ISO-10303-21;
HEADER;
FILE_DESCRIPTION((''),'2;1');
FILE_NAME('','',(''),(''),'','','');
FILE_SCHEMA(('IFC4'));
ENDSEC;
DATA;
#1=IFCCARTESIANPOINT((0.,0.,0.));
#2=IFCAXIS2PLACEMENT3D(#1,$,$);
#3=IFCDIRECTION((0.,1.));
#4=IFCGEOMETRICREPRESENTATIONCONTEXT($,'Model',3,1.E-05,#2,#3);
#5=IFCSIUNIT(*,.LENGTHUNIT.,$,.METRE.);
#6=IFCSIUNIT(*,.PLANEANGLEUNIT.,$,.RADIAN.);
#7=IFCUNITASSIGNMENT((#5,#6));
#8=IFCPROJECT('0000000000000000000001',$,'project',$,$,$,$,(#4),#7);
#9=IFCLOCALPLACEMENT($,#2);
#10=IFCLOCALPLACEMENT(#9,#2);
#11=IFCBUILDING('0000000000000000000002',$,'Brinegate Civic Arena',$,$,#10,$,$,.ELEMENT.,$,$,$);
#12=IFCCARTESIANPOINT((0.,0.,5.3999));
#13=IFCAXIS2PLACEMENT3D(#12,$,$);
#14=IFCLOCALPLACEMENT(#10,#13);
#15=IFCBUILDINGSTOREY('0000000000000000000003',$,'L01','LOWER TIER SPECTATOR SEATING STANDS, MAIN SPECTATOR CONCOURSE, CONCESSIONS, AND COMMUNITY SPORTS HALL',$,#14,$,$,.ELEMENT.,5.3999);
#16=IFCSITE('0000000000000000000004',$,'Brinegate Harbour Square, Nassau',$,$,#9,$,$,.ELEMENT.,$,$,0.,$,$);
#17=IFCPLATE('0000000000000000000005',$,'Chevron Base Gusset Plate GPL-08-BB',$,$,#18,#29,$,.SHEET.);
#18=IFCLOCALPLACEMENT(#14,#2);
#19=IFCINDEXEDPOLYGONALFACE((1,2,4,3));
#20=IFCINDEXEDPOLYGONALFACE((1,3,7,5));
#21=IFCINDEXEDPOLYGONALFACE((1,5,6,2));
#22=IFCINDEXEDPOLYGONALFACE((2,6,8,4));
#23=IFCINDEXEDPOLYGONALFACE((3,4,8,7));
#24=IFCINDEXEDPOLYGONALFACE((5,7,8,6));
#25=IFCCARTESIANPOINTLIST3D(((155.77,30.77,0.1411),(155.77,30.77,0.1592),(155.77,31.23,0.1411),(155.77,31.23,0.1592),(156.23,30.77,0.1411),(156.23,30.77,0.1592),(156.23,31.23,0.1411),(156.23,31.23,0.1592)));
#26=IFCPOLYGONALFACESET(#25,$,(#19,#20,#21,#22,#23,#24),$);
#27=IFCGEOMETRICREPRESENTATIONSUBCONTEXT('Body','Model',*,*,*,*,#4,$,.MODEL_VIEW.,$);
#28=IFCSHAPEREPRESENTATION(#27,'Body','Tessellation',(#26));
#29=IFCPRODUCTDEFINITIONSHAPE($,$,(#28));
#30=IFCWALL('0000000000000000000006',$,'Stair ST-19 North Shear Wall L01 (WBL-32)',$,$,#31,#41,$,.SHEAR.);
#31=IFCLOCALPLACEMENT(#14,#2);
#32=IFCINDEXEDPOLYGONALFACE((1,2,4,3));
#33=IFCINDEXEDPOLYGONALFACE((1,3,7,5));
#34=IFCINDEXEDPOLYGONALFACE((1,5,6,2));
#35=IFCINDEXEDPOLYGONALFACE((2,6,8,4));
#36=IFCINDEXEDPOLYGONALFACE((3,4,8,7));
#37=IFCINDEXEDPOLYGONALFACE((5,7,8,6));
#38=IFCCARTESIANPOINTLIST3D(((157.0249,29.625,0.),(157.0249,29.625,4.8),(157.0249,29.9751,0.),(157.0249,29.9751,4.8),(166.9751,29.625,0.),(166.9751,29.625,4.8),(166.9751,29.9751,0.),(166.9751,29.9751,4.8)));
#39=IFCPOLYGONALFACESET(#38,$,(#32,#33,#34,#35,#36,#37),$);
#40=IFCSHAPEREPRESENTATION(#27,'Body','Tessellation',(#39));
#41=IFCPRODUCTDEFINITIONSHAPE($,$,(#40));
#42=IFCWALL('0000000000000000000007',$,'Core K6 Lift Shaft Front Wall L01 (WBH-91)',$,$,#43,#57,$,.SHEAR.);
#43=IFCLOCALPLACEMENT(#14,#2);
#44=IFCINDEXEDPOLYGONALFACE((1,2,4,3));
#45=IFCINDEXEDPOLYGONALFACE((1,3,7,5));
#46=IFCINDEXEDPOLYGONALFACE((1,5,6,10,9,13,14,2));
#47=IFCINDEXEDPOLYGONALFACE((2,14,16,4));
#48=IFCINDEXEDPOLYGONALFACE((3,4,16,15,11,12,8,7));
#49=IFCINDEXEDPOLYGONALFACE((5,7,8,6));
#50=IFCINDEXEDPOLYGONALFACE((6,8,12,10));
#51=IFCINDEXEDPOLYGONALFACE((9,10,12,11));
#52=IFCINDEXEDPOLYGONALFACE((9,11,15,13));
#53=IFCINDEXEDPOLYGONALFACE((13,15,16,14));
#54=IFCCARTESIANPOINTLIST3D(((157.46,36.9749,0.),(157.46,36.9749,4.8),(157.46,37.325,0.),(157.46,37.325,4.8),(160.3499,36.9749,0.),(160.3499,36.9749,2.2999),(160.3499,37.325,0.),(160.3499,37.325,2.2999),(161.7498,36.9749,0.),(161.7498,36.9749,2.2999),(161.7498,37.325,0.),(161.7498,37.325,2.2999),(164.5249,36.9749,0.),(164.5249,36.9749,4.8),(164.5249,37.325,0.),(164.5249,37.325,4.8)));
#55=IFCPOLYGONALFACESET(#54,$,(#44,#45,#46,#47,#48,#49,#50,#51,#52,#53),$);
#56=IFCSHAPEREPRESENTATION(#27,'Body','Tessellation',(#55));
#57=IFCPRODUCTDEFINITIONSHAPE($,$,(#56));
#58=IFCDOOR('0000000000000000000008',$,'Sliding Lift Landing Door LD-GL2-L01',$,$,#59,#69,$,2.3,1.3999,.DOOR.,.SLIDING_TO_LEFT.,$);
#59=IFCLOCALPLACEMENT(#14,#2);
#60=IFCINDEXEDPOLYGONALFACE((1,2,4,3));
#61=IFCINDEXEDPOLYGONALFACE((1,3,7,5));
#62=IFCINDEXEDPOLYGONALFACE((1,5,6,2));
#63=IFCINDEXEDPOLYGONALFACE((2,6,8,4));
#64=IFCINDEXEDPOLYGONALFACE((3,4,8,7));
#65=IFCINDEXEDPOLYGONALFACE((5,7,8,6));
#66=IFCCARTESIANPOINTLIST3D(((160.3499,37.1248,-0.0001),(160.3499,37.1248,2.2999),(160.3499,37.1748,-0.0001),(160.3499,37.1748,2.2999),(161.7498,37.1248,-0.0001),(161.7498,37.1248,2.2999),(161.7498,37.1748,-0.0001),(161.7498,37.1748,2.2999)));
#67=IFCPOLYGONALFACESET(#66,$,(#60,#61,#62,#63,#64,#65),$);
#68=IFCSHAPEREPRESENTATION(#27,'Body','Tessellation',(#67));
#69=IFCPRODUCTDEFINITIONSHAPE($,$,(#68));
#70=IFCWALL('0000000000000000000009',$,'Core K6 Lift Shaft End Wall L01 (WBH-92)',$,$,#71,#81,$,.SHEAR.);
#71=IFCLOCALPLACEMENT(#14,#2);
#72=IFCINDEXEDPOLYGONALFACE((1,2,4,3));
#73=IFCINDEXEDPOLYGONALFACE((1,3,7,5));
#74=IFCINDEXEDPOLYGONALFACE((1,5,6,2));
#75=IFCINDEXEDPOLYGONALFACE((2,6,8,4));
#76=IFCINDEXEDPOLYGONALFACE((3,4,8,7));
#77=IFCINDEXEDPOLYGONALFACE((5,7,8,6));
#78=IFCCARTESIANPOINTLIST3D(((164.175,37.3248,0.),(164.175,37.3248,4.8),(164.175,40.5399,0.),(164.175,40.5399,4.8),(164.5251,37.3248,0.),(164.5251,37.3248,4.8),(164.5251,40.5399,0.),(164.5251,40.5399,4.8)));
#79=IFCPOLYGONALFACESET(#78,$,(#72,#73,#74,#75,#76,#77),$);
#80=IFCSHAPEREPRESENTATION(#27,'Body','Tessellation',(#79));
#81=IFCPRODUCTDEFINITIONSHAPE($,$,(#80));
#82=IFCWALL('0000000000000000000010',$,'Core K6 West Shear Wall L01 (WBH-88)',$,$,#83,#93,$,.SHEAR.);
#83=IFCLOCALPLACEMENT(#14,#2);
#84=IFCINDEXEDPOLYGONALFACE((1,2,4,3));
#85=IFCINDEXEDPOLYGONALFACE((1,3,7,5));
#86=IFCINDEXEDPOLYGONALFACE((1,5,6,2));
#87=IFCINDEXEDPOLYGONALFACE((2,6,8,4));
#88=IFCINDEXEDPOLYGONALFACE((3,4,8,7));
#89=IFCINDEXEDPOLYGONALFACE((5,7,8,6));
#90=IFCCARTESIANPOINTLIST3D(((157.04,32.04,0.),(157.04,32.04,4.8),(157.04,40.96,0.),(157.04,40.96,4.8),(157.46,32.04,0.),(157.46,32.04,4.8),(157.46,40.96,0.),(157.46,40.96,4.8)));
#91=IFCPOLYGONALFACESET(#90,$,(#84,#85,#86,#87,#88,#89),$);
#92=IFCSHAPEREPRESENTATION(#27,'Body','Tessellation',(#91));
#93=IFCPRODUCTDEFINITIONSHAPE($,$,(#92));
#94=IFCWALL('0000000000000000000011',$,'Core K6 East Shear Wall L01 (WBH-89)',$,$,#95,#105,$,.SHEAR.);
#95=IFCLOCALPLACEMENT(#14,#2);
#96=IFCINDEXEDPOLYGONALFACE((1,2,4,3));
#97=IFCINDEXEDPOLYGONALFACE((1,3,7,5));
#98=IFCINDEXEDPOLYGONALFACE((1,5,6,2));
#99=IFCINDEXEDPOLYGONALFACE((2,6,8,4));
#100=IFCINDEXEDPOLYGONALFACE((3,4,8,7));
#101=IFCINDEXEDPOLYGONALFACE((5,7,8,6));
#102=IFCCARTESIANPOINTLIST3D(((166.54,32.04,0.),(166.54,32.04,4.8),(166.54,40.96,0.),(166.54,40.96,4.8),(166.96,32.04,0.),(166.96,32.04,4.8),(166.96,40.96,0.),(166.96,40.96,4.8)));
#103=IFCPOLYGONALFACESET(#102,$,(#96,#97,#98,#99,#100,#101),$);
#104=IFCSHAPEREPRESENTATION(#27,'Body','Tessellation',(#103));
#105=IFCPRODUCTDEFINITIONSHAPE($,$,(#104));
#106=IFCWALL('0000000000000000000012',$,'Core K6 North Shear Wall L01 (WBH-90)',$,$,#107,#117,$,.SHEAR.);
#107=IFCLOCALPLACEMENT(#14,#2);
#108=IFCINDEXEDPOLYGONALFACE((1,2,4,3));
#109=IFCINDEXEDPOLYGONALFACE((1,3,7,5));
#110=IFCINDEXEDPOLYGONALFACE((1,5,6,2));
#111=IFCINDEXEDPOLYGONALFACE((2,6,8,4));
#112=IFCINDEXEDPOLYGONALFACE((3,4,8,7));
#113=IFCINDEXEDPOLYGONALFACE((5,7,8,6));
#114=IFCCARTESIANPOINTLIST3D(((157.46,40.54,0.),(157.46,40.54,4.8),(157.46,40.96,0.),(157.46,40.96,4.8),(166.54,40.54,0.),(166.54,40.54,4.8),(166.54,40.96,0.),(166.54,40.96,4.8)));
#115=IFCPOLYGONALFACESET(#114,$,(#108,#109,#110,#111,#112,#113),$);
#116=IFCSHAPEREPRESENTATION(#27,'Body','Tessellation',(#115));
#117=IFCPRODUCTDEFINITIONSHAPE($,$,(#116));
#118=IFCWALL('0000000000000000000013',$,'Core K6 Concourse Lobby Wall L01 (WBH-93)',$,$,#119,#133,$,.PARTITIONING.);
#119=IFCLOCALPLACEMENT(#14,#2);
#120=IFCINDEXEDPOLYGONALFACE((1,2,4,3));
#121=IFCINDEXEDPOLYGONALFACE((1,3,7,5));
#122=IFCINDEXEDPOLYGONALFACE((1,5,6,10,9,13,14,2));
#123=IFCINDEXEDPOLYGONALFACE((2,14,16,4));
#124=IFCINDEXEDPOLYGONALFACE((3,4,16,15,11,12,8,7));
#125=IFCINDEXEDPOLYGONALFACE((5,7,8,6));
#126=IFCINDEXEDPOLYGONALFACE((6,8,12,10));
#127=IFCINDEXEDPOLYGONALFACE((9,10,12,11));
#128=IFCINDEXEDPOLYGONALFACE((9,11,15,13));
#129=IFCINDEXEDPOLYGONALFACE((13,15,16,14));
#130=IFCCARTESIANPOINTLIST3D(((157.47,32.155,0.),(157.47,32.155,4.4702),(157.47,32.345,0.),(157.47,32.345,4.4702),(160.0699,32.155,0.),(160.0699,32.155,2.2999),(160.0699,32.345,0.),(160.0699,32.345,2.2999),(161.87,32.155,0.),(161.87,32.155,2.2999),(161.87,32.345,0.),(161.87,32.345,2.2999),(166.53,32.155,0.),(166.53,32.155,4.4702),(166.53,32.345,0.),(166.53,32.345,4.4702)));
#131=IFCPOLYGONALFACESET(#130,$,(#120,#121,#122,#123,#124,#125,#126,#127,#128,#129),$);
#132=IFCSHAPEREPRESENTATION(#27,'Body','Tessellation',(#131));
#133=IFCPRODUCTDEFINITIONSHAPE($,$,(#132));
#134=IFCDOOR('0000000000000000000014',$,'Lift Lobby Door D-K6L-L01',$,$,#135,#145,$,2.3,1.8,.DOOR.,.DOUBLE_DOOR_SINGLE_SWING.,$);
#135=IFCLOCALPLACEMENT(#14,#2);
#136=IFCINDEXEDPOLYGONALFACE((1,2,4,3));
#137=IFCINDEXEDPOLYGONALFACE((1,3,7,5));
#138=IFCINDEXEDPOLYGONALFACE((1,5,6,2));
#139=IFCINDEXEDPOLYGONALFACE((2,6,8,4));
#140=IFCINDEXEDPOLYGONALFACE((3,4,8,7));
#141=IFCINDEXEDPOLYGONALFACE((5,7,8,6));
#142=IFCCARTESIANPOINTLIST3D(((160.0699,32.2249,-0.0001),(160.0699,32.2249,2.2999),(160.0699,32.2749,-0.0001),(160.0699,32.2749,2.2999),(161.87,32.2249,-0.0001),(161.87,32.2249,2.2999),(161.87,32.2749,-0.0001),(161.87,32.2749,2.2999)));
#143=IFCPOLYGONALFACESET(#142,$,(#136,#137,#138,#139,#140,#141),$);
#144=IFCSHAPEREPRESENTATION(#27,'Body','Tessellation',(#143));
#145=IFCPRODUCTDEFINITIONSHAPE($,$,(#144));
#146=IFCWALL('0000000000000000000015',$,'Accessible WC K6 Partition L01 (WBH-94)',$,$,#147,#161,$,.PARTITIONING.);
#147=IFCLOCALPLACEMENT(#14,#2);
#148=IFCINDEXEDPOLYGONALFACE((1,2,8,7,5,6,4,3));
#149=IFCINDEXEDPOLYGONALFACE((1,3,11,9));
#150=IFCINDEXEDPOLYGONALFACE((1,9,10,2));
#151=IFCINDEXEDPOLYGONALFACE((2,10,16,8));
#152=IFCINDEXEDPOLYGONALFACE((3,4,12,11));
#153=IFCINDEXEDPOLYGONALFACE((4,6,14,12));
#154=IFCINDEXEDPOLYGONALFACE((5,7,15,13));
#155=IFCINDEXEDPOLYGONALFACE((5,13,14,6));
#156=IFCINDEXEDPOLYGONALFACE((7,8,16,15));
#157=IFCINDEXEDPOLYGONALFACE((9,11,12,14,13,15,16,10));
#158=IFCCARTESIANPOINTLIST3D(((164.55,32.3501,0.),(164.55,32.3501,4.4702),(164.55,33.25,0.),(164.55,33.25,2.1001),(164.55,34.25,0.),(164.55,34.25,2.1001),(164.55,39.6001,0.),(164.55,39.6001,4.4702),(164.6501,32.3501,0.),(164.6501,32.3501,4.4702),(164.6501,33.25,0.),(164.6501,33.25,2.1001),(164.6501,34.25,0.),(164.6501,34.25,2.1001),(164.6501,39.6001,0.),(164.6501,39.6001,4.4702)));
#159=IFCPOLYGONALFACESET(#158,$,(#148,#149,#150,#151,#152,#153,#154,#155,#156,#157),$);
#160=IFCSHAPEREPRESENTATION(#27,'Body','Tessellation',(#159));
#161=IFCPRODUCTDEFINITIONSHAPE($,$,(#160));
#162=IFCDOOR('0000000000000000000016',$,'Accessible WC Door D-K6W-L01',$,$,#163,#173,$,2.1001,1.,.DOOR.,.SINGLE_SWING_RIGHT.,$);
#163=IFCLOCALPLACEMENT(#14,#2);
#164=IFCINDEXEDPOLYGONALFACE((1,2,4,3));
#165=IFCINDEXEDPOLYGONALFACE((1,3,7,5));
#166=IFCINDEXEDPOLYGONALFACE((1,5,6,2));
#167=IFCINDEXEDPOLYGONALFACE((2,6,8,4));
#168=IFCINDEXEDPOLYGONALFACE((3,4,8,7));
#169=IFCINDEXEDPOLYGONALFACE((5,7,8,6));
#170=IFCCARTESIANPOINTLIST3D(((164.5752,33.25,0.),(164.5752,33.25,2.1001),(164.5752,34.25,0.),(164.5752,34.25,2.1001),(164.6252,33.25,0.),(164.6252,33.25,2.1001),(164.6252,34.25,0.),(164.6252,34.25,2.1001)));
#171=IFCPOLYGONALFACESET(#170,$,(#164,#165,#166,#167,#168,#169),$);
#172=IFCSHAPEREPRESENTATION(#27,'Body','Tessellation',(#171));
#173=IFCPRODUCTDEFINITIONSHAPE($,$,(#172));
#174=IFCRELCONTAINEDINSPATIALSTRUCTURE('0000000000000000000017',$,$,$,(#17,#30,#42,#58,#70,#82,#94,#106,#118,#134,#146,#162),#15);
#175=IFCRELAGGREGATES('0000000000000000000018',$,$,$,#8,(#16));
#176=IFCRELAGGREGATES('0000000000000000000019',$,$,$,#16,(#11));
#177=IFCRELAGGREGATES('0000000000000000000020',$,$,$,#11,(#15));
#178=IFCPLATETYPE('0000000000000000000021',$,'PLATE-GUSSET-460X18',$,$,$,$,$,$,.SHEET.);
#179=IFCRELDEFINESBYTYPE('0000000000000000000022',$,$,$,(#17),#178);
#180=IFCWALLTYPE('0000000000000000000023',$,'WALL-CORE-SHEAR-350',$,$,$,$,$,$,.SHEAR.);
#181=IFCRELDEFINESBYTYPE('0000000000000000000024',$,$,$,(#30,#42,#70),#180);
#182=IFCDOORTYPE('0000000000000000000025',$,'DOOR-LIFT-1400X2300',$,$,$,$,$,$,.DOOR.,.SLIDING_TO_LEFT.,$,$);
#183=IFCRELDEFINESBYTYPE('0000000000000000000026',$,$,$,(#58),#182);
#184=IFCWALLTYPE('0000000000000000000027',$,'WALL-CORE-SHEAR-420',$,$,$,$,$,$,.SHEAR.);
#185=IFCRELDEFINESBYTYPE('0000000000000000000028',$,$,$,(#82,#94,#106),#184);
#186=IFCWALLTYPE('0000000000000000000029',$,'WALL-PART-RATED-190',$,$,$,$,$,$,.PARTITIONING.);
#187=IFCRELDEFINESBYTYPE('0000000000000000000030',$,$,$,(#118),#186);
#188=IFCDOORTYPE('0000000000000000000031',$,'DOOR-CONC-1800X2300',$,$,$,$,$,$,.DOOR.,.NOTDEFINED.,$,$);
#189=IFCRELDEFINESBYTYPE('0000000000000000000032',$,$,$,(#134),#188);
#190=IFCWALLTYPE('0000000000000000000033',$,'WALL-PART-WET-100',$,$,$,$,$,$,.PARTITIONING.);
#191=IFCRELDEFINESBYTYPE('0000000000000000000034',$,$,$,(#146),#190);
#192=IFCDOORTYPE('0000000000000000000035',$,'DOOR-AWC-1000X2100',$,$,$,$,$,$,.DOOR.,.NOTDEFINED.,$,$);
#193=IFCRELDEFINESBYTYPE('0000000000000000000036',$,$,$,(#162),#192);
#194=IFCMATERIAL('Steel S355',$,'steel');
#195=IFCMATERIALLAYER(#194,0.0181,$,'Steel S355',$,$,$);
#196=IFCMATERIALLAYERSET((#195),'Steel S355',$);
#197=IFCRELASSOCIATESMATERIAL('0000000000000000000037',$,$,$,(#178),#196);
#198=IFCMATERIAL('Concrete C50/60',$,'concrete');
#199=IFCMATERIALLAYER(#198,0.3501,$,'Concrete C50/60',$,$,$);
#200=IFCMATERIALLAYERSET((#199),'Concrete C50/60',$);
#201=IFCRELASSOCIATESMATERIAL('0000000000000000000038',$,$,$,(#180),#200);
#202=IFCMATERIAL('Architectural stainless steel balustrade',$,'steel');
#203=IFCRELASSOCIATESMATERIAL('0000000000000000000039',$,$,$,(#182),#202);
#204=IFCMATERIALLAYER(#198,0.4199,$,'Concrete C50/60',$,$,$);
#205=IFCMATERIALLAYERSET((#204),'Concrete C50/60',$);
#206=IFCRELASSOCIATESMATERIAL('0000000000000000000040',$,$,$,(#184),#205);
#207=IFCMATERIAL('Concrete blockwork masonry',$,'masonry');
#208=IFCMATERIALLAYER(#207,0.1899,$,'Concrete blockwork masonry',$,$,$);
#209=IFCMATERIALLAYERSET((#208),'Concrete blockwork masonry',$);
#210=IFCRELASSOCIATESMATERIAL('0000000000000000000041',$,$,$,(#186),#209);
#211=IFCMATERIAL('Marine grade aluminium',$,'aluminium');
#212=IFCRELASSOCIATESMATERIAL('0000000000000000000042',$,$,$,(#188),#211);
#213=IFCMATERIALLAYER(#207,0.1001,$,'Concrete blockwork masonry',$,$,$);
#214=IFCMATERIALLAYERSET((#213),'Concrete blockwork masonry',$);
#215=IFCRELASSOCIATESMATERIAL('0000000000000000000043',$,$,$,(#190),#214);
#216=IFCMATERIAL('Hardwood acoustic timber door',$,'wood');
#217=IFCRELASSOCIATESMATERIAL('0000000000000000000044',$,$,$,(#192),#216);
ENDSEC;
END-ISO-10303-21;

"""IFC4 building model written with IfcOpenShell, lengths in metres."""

from ifc_helpers import new_model, si_unit, direction, frame, frame_2d, origin, origin_2d, place, context, subcontext, project, spatial, rectangle, extrude, material, layer, layer_set, type_object, element, fill, save


model = new_model("IFC4")

# Units and contexts
model_context = context("Model", 3, precision=1e-05, world=origin(), true_north=direction((0.0, 1.0)))
body_context = subcontext(model_context, "Body", "Model", "MODEL_VIEW")
ifc_project = project(units=[si_unit("LENGTHUNIT", "METRE"), si_unit("PLANEANGLEUNIT", "RADIAN")], contexts=[model_context])

# Site, building, storey
site_placement = place(None, origin())
site = spatial("IfcSite", under=ifc_project, at=site_placement, Name="Brinegate Harbour Square, Nassau", CompositionType="ELEMENT", RefElevation=0.0)
building_placement = place(site_placement, origin())
building = spatial("IfcBuilding", under=site, at=building_placement, Name="Brinegate Civic Arena", CompositionType="ELEMENT")
storey_placement = place(building_placement, frame((0.0, 0.0, 5.3999)))
storey = spatial("IfcBuildingStorey", under=building, at=storey_placement, Name="L01", Description="LOWER TIER SPECTATOR SEATING STANDS, MAIN SPECTATOR CONCOURSE, CONCESSIONS, AND COMMUNITY SPORTS HALL", CompositionType="ELEMENT", Elevation=5.3999)

# Shared definitions
ifc_material_1 = material(Name="Concrete C50/60", Category="concrete")

# Shared definitions
ifc_material_2 = material(Name="Steel S355", Category="steel")

# Plate
ifc_layer_1 = layer(ifc_material_2, 0.0181, Name="Steel S355")
ifc_layer_set_1 = layer_set([ifc_layer_1], Name="Steel S355")
plate_type = type_object("IfcPlateType", Name="PLATE-GUSSET-460X18", PredefinedType="SHEET", material=ifc_layer_set_1)
plate_placement = place(storey_placement, frame((156.0, 31.0, 0.1411), z_axis=(0.0, 0.0, 1.0), x_axis=(1.0, 0.0, 0.0)))
element("IfcPlate", 1, at=plate_placement, inside=storey, type_object=plate_type, Name="Chevron Base Gusset Plate GPL-08-BB", PredefinedType="SHEET", context=body_context, shape_type="SweptSolid", body=[
    extrude(rectangle(XDim=0.46, YDim=0.46, at=origin_2d()), origin(), (0.0, 0.0, 1.0), 0.0181),
])

# Wall
ifc_layer_2 = layer(ifc_material_1, 0.3501, Name="Concrete C50/60")
ifc_layer_set_2 = layer_set([ifc_layer_2], Name="Concrete C50/60")
wall_type_1 = type_object("IfcWallType", Name="WALL-CORE-SHEAR-350", PredefinedType="SHEAR", material=ifc_layer_set_2)
wall_1_placement = place(storey_placement, frame((157.0249, 29.8, 0.0), z_axis=(0.0, 0.0, 1.0), x_axis=(1.0, 0.0, 0.0)))
element("IfcWall", 2, at=wall_1_placement, inside=storey, type_object=wall_type_1, Name="Stair ST-19 North Shear Wall L01 (WBL-32)", PredefinedType="SHEAR", context=body_context, shape_type="SweptSolid", body=[
    extrude(rectangle(XDim=9.9502, YDim=0.3501, at=frame_2d((4.9751, 0.0))), origin(), (0.0, 0.0, 1.0), 4.8),
])

# Wall, opening, door
wall_2_placement = place(storey_placement, frame((157.46, 37.1499, 0.0), z_axis=(0.0, 0.0, 1.0), x_axis=(1.0, 0.0, 0.0)))
wall_2 = element("IfcWall", 3, at=wall_2_placement, inside=storey, type_object=wall_type_1, Name="Core K6 Lift Shaft Front Wall L01 (WBH-91)", PredefinedType="SHEAR", context=body_context, shape_type="SweptSolid", body=[
    extrude(rectangle(XDim=7.0649, YDim=0.3501, at=frame_2d((3.5325, 0.0))), origin(), (0.0, 0.0, 1.0), 4.8),
])
opening_1_placement = place(wall_2_placement, frame((2.8899, 0.0, 0.0)))
opening_1 = element("IfcOpeningElement", 4, at=opening_1_placement, cuts=wall_2, PredefinedType="OPENING", context=body_context, shape_type="SweptSolid", body=[
    extrude(rectangle(XDim=1.3999, YDim=2.3, at=frame_2d((0.7, 1.1499))), frame((0.0, 0.1851, 0.0), z_axis=(0.0, -1.0, 0.0), x_axis=(1.0, 0.0, 0.0)), (0.0, 0.0, 1.0), 0.3701),
])
ifc_material_3 = material(Name="Architectural stainless steel balustrade", Category="steel")
door_type_1 = type_object("IfcDoorType", Name="DOOR-LIFT-1400X2300", OperationType="SLIDING_TO_LEFT", PredefinedType="DOOR", material=ifc_material_3)
door_1_placement = place(opening_1_placement, origin())
door_1 = element("IfcDoor", 5, at=door_1_placement, inside=storey, type_object=door_type_1, Name="Sliding Lift Landing Door LD-GL2-L01", OperationType="SLIDING_TO_LEFT", OverallHeight=2.3, OverallWidth=1.3999, PredefinedType="DOOR", context=body_context, shape_type="SweptSolid", body=[
    extrude(rectangle(XDim=1.3999, YDim=2.3, at=frame_2d((0.7, 1.1499))), frame((0.0, 0.0249, 0.0), z_axis=(0.0, -1.0, 0.0), x_axis=(1.0, 0.0, 0.0)), (0.0, 0.0, 1.0), 0.05),
])
fill(opening_1, door_1)

# Walls
wall_3_placement = place(storey_placement, frame((164.3501, 37.325, 0.0), z_axis=(0.0, 0.0, 1.0), x_axis=(0.0, 1.0, 0.0)))
element("IfcWall", 6, at=wall_3_placement, inside=storey, type_object=wall_type_1, Name="Core K6 Lift Shaft End Wall L01 (WBH-92)", PredefinedType="SHEAR", context=body_context, shape_type="SweptSolid", body=[
    extrude(rectangle(XDim=3.2151, YDim=0.3501, at=frame_2d((1.6074, 0.0))), origin(), (0.0, 0.0, 1.0), 4.8),
])
ifc_layer_3 = layer(ifc_material_1, 0.4199, Name="Concrete C50/60")
ifc_layer_set_3 = layer_set([ifc_layer_3], Name="Concrete C50/60")
wall_type_2 = type_object("IfcWallType", Name="WALL-CORE-SHEAR-420", PredefinedType="SHEAR", material=ifc_layer_set_3)
for number, where, z_axis, x_axis, name in (
    (7, (157.25, 32.04, 0.0), (0.0, 0.0, 1.0), (0.0, 1.0, 0.0), "Core K6 West Shear Wall L01 (WBH-88)"),
    (8, (166.75, 32.04, 0.0), (0.0, 0.0, 1.0), (0.0, 1.0, 0.0), "Core K6 East Shear Wall L01 (WBH-89)"),
):
    element("IfcWall", number, at=place(storey_placement, frame(where, z_axis=z_axis, x_axis=x_axis)), inside=storey, type_object=wall_type_2, Name=name, PredefinedType="SHEAR", context=body_context, shape_type="SweptSolid", body=[
        extrude(rectangle(XDim=8.9199, YDim=0.4199, at=frame_2d((4.46, 0.0))), origin(), (0.0, 0.0, 1.0), 4.8),
    ])
wall_4_placement = place(storey_placement, frame((157.46, 40.75, 0.0), z_axis=(0.0, 0.0, 1.0), x_axis=(1.0, 0.0, 0.0)))
element("IfcWall", 9, at=wall_4_placement, inside=storey, type_object=wall_type_2, Name="Core K6 North Shear Wall L01 (WBH-90)", PredefinedType="SHEAR", context=body_context, shape_type="SweptSolid", body=[
    extrude(rectangle(XDim=9.0801, YDim=0.4199, at=frame_2d((4.54, 0.0))), origin(), (0.0, 0.0, 1.0), 4.8),
])

# Walls, openings, doors
ifc_material_4 = material(Name="Concrete blockwork masonry", Category="masonry")
ifc_layer_4 = layer(ifc_material_4, 0.1899, Name="Concrete blockwork masonry")
ifc_layer_set_4 = layer_set([ifc_layer_4], Name="Concrete blockwork masonry")
wall_type_3 = type_object("IfcWallType", Name="WALL-PART-RATED-190", PredefinedType="PARTITIONING", material=ifc_layer_set_4)
wall_5_placement = place(storey_placement, frame((157.47, 32.25, 0.0), z_axis=(0.0, 0.0, 1.0), x_axis=(1.0, 0.0, 0.0)))
wall_5 = element("IfcWall", 10, at=wall_5_placement, inside=storey, type_object=wall_type_3, Name="Core K6 Concourse Lobby Wall L01 (WBH-93)", PredefinedType="PARTITIONING", context=body_context, shape_type="SweptSolid", body=[
    extrude(rectangle(XDim=9.0601, YDim=0.1899, at=frame_2d((4.53, 0.0))), origin(), (0.0, 0.0, 1.0), 4.4702),
])
opening_2_placement = place(wall_5_placement, frame((2.6001, 0.0, 0.0)))
opening_2 = element("IfcOpeningElement", 11, at=opening_2_placement, cuts=wall_5, PredefinedType="OPENING", context=body_context, shape_type="SweptSolid", body=[
    extrude(rectangle(XDim=1.8, YDim=2.3, at=frame_2d((0.8999, 1.1499))), frame((0.0, 0.105, 0.0), z_axis=(0.0, -1.0, 0.0), x_axis=(1.0, 0.0, 0.0)), (0.0, 0.0, 1.0), 0.21),
])
ifc_material_5 = material(Name="Marine grade aluminium", Category="aluminium")
door_type_2 = type_object("IfcDoorType", Name="DOOR-CONC-1800X2300", OperationType="NOTDEFINED", PredefinedType="DOOR", material=ifc_material_5)
door_2_placement = place(opening_2_placement, origin())
door_2 = element("IfcDoor", 12, at=door_2_placement, inside=storey, type_object=door_type_2, Name="Lift Lobby Door D-K6L-L01", OperationType="DOUBLE_DOOR_SINGLE_SWING", OverallHeight=2.3, OverallWidth=1.8, PredefinedType="DOOR", context=body_context, shape_type="SweptSolid", body=[
    extrude(rectangle(XDim=1.8, YDim=2.3, at=frame_2d((0.8999, 1.1499))), frame((0.0, 0.0249, 0.0), z_axis=(0.0, -1.0, 0.0), x_axis=(1.0, 0.0, 0.0)), (0.0, 0.0, 1.0), 0.05),
])
fill(opening_2, door_2)
ifc_layer_5 = layer(ifc_material_4, 0.1001, Name="Concrete blockwork masonry")
ifc_layer_set_5 = layer_set([ifc_layer_5], Name="Concrete blockwork masonry")
wall_type_4 = type_object("IfcWallType", Name="WALL-PART-WET-100", PredefinedType="PARTITIONING", material=ifc_layer_set_5)
wall_6_placement = place(storey_placement, frame((164.6001, 32.3501, 0.0), z_axis=(0.0, 0.0, 1.0), x_axis=(0.0, 1.0, 0.0)))
wall_6 = element("IfcWall", 13, at=wall_6_placement, inside=storey, type_object=wall_type_4, Name="Accessible WC K6 Partition L01 (WBH-94)", PredefinedType="PARTITIONING", context=body_context, shape_type="SweptSolid", body=[
    extrude(rectangle(XDim=7.25, YDim=0.1001, at=frame_2d((3.625, 0.0))), origin(), (0.0, 0.0, 1.0), 4.4702),
])
opening_3_placement = place(wall_6_placement, frame((0.8999, 0.0, 0.0)))
opening_3 = element("IfcOpeningElement", 14, at=opening_3_placement, cuts=wall_6, PredefinedType="OPENING", context=body_context, shape_type="SweptSolid", body=[
    extrude(rectangle(XDim=1.0, YDim=2.1001, at=frame_2d((0.5, 1.05))), frame((0.0, 0.0601, 0.0), z_axis=(0.0, -1.0, 0.0), x_axis=(1.0, 0.0, 0.0)), (0.0, 0.0, 1.0), 0.1201),
])
ifc_material_6 = material(Name="Hardwood acoustic timber door", Category="wood")
door_type_3 = type_object("IfcDoorType", Name="DOOR-AWC-1000X2100", OperationType="NOTDEFINED", PredefinedType="DOOR", material=ifc_material_6)
door_3_placement = place(opening_3_placement, origin())
door_3 = element("IfcDoor", 15, at=door_3_placement, inside=storey, type_object=door_type_3, Name="Accessible WC Door D-K6W-L01", OperationType="SINGLE_SWING_RIGHT", OverallHeight=2.1001, OverallWidth=1.0, PredefinedType="DOOR", context=body_context, shape_type="SweptSolid", body=[
    extrude(rectangle(XDim=1.0, YDim=2.1001, at=frame_2d((0.5, 1.05))), frame((0.0, 0.0249, 0.0), z_axis=(0.0, -1.0, 0.0), x_axis=(1.0, 0.0, 0.0)), (0.0, 0.0, 1.0), 0.05),
])
fill(opening_3, door_3)

save(model, "model.ifc")
